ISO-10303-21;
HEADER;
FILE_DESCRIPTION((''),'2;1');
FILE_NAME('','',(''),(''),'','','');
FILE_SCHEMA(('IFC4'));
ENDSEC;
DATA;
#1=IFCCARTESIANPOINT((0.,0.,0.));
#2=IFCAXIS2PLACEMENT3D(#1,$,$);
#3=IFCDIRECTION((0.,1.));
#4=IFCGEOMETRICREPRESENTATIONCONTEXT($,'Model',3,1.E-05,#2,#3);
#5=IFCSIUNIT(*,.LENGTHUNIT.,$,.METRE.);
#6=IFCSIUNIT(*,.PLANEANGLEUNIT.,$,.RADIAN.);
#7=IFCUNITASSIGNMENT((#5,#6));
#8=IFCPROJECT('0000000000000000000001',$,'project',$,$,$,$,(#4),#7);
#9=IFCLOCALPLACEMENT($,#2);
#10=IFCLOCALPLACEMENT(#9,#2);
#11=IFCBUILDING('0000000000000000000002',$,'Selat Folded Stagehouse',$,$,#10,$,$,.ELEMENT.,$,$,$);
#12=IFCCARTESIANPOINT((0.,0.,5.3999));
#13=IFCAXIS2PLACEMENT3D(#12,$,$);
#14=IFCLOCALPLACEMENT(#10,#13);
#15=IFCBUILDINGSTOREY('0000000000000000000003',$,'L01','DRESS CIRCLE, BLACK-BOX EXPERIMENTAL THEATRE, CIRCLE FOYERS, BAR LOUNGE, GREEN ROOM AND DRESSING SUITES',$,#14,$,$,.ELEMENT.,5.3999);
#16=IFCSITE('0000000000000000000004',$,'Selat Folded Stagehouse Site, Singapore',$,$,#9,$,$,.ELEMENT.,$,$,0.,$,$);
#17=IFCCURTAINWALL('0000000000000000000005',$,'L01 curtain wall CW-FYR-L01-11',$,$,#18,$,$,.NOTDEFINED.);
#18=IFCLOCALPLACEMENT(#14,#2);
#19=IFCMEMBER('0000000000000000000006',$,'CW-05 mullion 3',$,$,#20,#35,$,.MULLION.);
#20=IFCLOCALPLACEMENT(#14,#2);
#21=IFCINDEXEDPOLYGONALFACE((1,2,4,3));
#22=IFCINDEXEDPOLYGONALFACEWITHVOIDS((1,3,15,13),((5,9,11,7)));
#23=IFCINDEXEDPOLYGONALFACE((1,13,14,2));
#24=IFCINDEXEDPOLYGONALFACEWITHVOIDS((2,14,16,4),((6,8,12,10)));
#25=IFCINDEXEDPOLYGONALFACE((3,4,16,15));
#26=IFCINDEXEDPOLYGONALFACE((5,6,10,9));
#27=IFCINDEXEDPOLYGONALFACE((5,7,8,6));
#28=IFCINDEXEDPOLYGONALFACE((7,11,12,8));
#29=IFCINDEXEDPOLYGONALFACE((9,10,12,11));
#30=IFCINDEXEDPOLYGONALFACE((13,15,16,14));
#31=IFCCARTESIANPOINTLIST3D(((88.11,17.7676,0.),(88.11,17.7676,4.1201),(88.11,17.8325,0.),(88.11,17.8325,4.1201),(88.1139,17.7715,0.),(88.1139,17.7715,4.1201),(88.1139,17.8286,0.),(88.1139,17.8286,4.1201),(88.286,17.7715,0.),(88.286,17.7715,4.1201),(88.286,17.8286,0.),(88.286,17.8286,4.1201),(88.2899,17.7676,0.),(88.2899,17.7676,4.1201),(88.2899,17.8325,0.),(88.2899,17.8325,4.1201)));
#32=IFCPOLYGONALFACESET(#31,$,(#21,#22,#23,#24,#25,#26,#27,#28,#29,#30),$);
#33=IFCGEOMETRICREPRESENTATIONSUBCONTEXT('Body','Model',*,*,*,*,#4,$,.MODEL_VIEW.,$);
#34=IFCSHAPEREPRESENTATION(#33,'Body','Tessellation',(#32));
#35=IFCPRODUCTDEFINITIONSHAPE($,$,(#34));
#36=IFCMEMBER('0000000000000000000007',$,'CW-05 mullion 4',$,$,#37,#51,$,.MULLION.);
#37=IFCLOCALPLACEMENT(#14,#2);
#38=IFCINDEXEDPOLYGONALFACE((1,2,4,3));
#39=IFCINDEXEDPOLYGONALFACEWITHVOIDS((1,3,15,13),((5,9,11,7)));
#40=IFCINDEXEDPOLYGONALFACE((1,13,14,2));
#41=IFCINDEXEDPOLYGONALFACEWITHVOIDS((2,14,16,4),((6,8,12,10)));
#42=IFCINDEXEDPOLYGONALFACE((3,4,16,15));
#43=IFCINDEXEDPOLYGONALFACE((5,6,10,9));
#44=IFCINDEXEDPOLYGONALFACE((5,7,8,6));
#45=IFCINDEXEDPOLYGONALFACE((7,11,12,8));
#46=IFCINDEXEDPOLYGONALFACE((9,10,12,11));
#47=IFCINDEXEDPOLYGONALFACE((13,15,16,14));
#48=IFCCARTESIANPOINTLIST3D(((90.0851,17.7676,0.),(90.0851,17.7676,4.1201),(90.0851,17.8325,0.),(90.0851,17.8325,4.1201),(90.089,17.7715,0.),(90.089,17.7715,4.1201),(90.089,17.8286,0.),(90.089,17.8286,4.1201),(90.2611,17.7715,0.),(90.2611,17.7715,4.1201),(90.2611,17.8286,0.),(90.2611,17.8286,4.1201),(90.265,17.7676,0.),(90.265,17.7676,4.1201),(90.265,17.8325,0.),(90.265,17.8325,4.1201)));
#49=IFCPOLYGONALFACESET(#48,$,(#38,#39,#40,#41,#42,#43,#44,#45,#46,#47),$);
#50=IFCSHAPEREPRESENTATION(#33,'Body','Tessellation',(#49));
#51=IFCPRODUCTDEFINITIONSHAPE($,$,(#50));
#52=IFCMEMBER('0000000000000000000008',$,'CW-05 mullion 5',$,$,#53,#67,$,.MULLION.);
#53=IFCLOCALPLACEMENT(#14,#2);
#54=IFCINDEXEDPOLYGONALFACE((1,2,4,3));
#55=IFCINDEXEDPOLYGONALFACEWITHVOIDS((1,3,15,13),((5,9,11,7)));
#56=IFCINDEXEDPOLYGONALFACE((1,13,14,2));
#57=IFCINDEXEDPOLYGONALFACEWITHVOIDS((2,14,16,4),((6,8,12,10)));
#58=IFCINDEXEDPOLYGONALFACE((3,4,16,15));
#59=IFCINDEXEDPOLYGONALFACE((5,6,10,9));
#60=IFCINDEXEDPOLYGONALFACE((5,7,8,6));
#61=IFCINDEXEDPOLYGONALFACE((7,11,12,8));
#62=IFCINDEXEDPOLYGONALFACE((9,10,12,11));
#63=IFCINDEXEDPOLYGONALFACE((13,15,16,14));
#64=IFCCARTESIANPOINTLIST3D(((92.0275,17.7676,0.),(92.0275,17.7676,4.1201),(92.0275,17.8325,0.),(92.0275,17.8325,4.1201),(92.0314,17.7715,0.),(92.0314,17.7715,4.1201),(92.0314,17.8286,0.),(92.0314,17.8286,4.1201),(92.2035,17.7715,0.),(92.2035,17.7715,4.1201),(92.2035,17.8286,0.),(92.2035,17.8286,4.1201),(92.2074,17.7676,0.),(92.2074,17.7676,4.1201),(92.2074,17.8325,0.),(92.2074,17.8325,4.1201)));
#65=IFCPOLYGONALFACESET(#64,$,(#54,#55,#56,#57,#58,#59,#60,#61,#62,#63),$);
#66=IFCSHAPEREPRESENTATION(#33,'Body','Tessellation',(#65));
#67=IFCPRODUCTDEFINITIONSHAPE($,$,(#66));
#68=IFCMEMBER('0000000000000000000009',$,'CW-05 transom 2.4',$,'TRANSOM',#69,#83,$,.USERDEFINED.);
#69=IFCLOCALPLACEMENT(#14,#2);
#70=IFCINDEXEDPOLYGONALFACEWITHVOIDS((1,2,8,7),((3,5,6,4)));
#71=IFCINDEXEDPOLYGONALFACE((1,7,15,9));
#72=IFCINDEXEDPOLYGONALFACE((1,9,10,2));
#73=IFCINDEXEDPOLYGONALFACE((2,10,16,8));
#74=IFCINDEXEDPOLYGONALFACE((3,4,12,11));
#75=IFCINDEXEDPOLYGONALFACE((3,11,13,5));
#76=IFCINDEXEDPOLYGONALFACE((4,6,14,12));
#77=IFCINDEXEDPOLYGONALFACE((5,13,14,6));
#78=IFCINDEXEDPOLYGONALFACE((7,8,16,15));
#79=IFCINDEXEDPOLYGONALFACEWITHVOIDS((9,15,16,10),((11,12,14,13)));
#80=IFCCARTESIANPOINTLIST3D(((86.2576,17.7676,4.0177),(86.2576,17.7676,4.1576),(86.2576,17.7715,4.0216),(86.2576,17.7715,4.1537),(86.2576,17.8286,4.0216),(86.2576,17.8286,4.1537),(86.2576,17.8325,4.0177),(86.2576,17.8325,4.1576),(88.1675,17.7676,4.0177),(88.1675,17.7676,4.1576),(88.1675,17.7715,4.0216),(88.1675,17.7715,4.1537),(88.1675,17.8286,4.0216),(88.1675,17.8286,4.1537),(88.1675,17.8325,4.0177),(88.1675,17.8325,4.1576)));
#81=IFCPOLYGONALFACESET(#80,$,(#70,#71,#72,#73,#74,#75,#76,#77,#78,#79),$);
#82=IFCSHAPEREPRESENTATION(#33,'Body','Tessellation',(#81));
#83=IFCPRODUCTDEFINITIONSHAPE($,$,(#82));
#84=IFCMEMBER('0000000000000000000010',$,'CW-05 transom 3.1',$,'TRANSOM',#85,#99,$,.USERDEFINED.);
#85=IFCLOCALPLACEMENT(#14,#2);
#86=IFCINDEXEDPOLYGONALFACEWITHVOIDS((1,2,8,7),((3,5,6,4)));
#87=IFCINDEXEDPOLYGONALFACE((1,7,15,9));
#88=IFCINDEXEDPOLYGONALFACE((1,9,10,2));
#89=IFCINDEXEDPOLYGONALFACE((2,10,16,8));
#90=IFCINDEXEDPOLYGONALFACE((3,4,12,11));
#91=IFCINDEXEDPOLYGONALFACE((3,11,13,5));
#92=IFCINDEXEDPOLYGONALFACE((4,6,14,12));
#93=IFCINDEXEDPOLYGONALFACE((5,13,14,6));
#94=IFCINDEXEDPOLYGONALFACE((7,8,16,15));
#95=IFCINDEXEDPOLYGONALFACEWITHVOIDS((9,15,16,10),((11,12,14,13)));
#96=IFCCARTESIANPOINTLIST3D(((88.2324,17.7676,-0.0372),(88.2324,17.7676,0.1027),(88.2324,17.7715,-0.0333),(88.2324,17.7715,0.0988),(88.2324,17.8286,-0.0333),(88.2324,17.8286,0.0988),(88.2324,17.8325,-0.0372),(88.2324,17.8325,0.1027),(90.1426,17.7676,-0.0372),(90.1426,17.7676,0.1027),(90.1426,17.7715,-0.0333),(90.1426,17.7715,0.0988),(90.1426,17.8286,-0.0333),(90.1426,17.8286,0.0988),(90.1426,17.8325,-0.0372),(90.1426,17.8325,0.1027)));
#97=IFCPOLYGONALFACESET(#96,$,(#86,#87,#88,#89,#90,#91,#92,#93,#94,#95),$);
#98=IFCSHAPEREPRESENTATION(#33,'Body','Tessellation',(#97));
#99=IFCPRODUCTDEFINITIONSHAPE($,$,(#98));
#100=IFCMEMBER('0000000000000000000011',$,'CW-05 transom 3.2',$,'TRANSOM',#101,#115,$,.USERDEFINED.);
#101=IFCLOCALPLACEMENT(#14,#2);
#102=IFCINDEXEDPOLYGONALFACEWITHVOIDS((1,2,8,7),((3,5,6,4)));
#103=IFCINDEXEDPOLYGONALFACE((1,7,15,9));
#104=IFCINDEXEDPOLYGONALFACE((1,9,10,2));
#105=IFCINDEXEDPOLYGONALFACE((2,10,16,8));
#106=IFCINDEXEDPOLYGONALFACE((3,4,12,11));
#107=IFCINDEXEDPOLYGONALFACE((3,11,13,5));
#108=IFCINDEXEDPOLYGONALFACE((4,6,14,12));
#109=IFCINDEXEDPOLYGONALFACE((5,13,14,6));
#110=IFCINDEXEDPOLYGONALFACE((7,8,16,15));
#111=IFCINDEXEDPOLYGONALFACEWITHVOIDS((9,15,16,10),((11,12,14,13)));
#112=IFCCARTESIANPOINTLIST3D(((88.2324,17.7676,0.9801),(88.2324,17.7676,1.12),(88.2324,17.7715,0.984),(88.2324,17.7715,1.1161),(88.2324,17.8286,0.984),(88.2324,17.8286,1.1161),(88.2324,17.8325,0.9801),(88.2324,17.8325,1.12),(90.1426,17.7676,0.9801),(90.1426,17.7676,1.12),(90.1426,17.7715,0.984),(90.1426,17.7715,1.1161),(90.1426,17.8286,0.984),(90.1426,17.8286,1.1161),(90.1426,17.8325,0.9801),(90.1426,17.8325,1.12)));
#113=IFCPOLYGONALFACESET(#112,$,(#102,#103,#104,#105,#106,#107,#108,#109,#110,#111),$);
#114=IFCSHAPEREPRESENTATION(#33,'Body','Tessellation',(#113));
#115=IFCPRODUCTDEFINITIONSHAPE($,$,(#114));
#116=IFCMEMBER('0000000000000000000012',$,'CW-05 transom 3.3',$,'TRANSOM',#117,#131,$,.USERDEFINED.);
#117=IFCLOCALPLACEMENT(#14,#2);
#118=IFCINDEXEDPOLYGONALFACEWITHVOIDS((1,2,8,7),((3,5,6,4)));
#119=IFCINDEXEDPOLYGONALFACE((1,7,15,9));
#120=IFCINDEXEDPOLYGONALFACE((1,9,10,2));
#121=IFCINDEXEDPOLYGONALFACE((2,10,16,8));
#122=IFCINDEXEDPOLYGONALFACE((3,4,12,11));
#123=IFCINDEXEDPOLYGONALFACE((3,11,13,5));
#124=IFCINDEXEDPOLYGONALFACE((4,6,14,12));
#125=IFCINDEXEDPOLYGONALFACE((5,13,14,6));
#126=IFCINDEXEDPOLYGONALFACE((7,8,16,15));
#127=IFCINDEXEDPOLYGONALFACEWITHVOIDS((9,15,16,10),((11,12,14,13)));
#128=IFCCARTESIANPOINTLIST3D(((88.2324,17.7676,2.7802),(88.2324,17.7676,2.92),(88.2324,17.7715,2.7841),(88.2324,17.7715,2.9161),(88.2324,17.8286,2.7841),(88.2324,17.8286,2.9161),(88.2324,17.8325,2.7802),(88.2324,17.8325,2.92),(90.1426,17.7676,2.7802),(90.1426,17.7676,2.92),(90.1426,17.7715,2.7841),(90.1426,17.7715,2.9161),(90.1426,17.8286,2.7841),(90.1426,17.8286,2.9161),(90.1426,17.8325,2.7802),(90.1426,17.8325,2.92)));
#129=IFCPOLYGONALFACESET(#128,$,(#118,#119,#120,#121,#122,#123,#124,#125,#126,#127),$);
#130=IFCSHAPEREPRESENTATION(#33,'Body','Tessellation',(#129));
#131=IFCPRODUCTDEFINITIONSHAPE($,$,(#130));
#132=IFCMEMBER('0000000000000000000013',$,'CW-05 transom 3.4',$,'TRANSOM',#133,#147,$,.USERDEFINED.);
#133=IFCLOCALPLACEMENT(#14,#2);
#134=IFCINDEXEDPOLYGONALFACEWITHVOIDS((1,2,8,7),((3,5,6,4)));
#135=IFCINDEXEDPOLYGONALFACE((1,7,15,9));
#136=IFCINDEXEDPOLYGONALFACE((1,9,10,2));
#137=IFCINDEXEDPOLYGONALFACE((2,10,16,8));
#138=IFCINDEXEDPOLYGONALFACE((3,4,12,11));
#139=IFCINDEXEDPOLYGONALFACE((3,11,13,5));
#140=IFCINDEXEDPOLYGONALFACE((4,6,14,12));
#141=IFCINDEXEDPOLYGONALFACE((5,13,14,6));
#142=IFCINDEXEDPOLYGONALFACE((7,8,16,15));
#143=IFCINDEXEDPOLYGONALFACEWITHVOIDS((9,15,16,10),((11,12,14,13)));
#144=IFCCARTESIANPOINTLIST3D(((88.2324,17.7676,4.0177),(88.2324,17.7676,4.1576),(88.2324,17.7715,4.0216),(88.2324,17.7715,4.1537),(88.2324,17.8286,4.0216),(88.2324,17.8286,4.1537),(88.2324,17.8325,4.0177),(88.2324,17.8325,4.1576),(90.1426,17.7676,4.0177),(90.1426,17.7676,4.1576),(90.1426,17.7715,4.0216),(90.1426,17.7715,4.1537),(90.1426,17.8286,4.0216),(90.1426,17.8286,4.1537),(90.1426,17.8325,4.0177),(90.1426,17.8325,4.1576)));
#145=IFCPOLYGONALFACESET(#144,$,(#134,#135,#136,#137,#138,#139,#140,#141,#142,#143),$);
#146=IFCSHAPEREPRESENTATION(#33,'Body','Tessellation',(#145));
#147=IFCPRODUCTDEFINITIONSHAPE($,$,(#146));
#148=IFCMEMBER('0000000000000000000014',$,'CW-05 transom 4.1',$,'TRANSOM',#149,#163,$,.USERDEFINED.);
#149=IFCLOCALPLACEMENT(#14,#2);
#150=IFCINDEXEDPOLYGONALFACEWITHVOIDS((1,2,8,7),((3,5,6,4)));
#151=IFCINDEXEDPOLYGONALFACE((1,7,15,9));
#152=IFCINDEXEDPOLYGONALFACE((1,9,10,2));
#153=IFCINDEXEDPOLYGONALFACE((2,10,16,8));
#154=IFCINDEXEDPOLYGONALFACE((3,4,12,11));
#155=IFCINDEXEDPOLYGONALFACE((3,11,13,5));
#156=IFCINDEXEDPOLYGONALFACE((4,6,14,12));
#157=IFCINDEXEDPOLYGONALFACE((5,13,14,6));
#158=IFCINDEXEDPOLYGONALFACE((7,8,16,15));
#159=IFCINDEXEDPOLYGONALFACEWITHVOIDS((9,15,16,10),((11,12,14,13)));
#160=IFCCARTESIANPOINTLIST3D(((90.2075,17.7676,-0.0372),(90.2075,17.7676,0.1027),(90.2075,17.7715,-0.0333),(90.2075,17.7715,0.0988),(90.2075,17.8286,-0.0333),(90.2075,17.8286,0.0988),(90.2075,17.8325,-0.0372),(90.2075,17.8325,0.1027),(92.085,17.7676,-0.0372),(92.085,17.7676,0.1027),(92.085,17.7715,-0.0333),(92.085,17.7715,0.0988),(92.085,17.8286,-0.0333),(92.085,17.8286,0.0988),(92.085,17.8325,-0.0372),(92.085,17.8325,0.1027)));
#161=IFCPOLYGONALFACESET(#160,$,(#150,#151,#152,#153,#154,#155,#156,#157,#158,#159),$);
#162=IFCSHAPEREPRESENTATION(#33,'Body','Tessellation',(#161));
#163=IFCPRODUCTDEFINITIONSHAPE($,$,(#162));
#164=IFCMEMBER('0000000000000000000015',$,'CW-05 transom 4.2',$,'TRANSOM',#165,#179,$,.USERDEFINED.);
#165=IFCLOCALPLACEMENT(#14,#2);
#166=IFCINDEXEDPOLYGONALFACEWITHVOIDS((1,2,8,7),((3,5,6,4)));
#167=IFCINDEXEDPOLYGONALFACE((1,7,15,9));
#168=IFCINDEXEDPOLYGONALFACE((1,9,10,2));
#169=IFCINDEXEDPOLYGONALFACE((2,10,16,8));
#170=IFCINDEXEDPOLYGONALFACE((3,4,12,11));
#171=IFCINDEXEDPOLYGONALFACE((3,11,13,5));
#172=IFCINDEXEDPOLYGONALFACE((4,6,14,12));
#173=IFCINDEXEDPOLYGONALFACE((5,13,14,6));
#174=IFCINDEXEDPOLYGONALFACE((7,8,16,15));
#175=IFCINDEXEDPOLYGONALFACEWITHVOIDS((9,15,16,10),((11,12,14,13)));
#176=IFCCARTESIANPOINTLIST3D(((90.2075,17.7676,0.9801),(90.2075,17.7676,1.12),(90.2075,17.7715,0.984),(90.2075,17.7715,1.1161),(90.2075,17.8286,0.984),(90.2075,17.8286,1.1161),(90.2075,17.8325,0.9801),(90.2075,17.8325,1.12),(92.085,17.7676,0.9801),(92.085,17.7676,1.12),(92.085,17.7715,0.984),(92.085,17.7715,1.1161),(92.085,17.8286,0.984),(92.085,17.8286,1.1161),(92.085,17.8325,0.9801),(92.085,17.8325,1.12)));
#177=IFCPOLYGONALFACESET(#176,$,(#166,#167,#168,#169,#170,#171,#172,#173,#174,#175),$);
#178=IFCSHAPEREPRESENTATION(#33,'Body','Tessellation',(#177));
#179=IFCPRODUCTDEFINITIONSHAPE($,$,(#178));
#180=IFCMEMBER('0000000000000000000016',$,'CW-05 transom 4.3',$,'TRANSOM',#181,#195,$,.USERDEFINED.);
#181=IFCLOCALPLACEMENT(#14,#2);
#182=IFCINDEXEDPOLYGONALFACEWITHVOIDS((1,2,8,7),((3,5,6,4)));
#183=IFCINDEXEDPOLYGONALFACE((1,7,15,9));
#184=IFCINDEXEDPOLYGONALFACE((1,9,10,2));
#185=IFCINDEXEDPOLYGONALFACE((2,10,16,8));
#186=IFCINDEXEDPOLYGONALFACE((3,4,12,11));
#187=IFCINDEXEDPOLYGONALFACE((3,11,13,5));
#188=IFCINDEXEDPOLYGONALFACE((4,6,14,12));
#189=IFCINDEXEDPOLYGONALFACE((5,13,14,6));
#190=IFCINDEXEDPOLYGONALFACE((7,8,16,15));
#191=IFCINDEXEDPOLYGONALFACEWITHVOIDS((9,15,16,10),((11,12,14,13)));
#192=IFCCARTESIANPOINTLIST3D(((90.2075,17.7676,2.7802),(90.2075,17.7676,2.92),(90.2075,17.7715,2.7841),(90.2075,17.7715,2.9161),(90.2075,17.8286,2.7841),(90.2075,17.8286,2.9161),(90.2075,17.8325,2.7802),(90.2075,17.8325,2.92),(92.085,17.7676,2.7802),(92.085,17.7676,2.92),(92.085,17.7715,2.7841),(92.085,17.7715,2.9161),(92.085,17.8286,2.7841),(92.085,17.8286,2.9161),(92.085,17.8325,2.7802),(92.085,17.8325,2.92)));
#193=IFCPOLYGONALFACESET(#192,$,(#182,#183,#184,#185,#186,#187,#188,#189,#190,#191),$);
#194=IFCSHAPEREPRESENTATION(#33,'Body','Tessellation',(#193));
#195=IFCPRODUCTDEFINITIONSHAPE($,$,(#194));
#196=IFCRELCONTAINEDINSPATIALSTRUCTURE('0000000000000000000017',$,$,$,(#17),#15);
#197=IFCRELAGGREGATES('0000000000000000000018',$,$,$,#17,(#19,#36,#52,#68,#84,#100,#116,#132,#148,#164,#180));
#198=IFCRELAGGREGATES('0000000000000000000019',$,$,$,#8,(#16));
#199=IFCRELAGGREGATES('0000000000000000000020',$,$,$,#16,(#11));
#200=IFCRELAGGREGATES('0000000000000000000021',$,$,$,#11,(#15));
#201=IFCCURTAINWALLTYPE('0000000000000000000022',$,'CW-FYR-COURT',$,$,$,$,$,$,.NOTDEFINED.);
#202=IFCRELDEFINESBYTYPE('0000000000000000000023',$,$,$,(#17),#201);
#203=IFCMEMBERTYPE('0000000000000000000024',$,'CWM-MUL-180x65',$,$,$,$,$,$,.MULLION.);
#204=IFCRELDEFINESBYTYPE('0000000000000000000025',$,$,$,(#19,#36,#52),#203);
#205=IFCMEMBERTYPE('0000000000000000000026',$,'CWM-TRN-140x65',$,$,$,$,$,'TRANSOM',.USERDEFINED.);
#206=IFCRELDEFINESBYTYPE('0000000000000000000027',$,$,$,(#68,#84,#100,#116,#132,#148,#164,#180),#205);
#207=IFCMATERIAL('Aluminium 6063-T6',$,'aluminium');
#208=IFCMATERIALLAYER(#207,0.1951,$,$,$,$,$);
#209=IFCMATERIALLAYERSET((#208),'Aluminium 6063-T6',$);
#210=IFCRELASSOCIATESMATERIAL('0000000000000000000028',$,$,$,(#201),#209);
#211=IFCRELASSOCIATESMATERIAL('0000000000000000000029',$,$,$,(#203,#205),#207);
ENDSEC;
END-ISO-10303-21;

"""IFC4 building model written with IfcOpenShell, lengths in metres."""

from ifc_helpers import new_model, si_unit, direction, frame, origin, origin_2d, place, context, subcontext, project, spatial, hollow_rectangle, extrude, material, layer, layer_set, material_profile, profile_set, type_object, element, aggregate, save


model = new_model("IFC4")

# Units and contexts
model_context = context("Model", 3, precision=1e-05, world=origin(), true_north=direction((0.0, 1.0)))
body_context = subcontext(model_context, "Body", "Model", "MODEL_VIEW")
ifc_project = project(units=[si_unit("LENGTHUNIT", "METRE"), si_unit("PLANEANGLEUNIT", "RADIAN")], contexts=[model_context])

# Site, building, storey
site_placement = place(None, origin())
site = spatial("IfcSite", under=ifc_project, at=site_placement, Name="Selat Folded Stagehouse Site, Singapore", CompositionType="ELEMENT", RefElevation=0.0)
building_placement = place(site_placement, origin())
building = spatial("IfcBuilding", under=site, at=building_placement, Name="Selat Folded Stagehouse", CompositionType="ELEMENT")
storey_placement = place(building_placement, frame((0.0, 0.0, 5.3999)))
storey = spatial("IfcBuildingStorey", under=building, at=storey_placement, Name="L01", Description="DRESS CIRCLE, BLACK-BOX EXPERIMENTAL THEATRE, CIRCLE FOYERS, BAR LOUNGE, GREEN ROOM AND DRESSING SUITES", CompositionType="ELEMENT", Elevation=5.3999)

# Curtain wall, members
ifc_material_1 = material(Name="Aluminium 6063-T6", Category="aluminium")
ifc_layer_1 = layer(ifc_material_1, 0.1951)
ifc_layer_set_1 = layer_set([ifc_layer_1], Name="Aluminium 6063-T6")
curtain_wall_type = type_object("IfcCurtainWallType", Name="CW-FYR-COURT", PredefinedType="NOTDEFINED", material=ifc_layer_set_1)
curtain_wall_placement = place(storey_placement, origin())
curtain_wall = element("IfcCurtainWall", 1, at=curtain_wall_placement, inside=storey, type_object=curtain_wall_type, Name="L01 curtain wall CW-FYR-L01-11", PredefinedType="NOTDEFINED")
ifc_material_profile_1 = material_profile(ifc_material_1, hollow_rectangle(XDim=0.0649, YDim=0.1799, WallThickness=0.0039, at=origin_2d()), Name="ALU 180x65x4.0")
ifc_profile_set_1 = profile_set([ifc_material_profile_1], Name="Aluminium 6063-T6")
member_type_1 = type_object("IfcMemberType", Name="CWM-MUL-180x65", PredefinedType="MULLION", material=ifc_profile_set_1)
member_1_placement = place(storey_placement, frame((88.2, 17.8, 0.0), z_axis=(0.0, 0.0, 1.0), x_axis=(0.0, 1.0, 0.0)))
member_1 = element("IfcMember", 2, at=member_1_placement, type_object=member_type_1, Name="CW-05 mullion 3", PredefinedType="MULLION", context=body_context, shape_type="SweptSolid", body=[
    extrude(hollow_rectangle(XDim=0.0649, YDim=0.1799, WallThickness=0.0039, at=origin_2d()), origin(), (0.0, 0.0, 1.0), 4.1201),
])
member_2_placement = place(storey_placement, frame((90.175, 17.8, 0.0), z_axis=(0.0, 0.0, 1.0), x_axis=(0.0, 1.0, 0.0)))
member_2 = element("IfcMember", 3, at=member_2_placement, type_object=member_type_1, Name="CW-05 mullion 4", PredefinedType="MULLION", context=body_context, shape_type="SweptSolid", body=[
    extrude(hollow_rectangle(XDim=0.0649, YDim=0.1799, WallThickness=0.0039, at=origin_2d()), origin(), (0.0, 0.0, 1.0), 4.1201),
])
member_3_placement = place(storey_placement, frame((92.1174, 17.8, 0.0), z_axis=(0.0, 0.0, 1.0), x_axis=(0.0, 1.0, 0.0)))
member_3 = element("IfcMember", 4, at=member_3_placement, type_object=member_type_1, Name="CW-05 mullion 5", PredefinedType="MULLION", context=body_context, shape_type="SweptSolid", body=[
    extrude(hollow_rectangle(XDim=0.0649, YDim=0.1799, WallThickness=0.0039, at=origin_2d()), origin(), (0.0, 0.0, 1.0), 4.1201),
])
ifc_material_profile_2 = material_profile(ifc_material_1, hollow_rectangle(XDim=0.0649, YDim=0.1399, WallThickness=0.0039, at=origin_2d()), Name="ALU 140x65x4.0")
ifc_profile_set_2 = profile_set([ifc_material_profile_2], Name="Aluminium 6063-T6")
member_type_2 = type_object("IfcMemberType", Name="CWM-TRN-140x65", ElementType="TRANSOM", PredefinedType="USERDEFINED", material=ifc_profile_set_2)
member_4_placement = place(storey_placement, frame((86.2576, 17.8, 4.0876), z_axis=(1.0, 0.0, 0.0), x_axis=(0.0, 1.0, 0.0)))
member_4 = element("IfcMember", 5, at=member_4_placement, type_object=member_type_2, Name="CW-05 transom 2.4", ObjectType="TRANSOM", PredefinedType="USERDEFINED", context=body_context, shape_type="SweptSolid", body=[
    extrude(hollow_rectangle(XDim=0.0649, YDim=0.1399, WallThickness=0.0039, at=origin_2d()), origin(), (0.0, 0.0, 1.0), 1.9099),
])
member_5_placement = place(storey_placement, frame((88.2324, 17.8, 0.0327), z_axis=(1.0, 0.0, 0.0), x_axis=(0.0, 1.0, 0.0)))
member_5 = element("IfcMember", 6, at=member_5_placement, type_object=member_type_2, Name="CW-05 transom 3.1", ObjectType="TRANSOM", PredefinedType="USERDEFINED", context=body_context, shape_type="SweptSolid", body=[
    extrude(hollow_rectangle(XDim=0.0649, YDim=0.1399, WallThickness=0.0039, at=origin_2d()), origin(), (0.0, 0.0, 1.0), 1.9102),
])
member_6_placement = place(storey_placement, frame((88.2324, 17.8, 1.05), z_axis=(1.0, 0.0, 0.0), x_axis=(0.0, 1.0, 0.0)))
member_6 = element("IfcMember", 7, at=member_6_placement, type_object=member_type_2, Name="CW-05 transom 3.2", ObjectType="TRANSOM", PredefinedType="USERDEFINED", context=body_context, shape_type="SweptSolid", body=[
    extrude(hollow_rectangle(XDim=0.0649, YDim=0.1399, WallThickness=0.0039, at=origin_2d()), origin(), (0.0, 0.0, 1.0), 1.9102),
])
member_7_placement = place(storey_placement, frame((88.2324, 17.8, 2.8501), z_axis=(1.0, 0.0, 0.0), x_axis=(0.0, 1.0, 0.0)))
member_7 = element("IfcMember", 8, at=member_7_placement, type_object=member_type_2, Name="CW-05 transom 3.3", ObjectType="TRANSOM", PredefinedType="USERDEFINED", context=body_context, shape_type="SweptSolid", body=[
    extrude(hollow_rectangle(XDim=0.0649, YDim=0.1399, WallThickness=0.0039, at=origin_2d()), origin(), (0.0, 0.0, 1.0), 1.9102),
])
member_8_placement = place(storey_placement, frame((88.2324, 17.8, 4.0876), z_axis=(1.0, 0.0, 0.0), x_axis=(0.0, 1.0, 0.0)))
member_8 = element("IfcMember", 9, at=member_8_placement, type_object=member_type_2, Name="CW-05 transom 3.4", ObjectType="TRANSOM", PredefinedType="USERDEFINED", context=body_context, shape_type="SweptSolid", body=[
    extrude(hollow_rectangle(XDim=0.0649, YDim=0.1399, WallThickness=0.0039, at=origin_2d()), origin(), (0.0, 0.0, 1.0), 1.9102),
])
member_9_placement = place(storey_placement, frame((90.2075, 17.8, 0.0327), z_axis=(1.0, 0.0, 0.0), x_axis=(0.0, 1.0, 0.0)))
member_9 = element("IfcMember", 10, at=member_9_placement, type_object=member_type_2, Name="CW-05 transom 4.1", ObjectType="TRANSOM", PredefinedType="USERDEFINED", context=body_context, shape_type="SweptSolid", body=[
    extrude(hollow_rectangle(XDim=0.0649, YDim=0.1399, WallThickness=0.0039, at=origin_2d()), origin(), (0.0, 0.0, 1.0), 1.8774),
])
member_10_placement = place(storey_placement, frame((90.2075, 17.8, 1.05), z_axis=(1.0, 0.0, 0.0), x_axis=(0.0, 1.0, 0.0)))
member_10 = element("IfcMember", 11, at=member_10_placement, type_object=member_type_2, Name="CW-05 transom 4.2", ObjectType="TRANSOM", PredefinedType="USERDEFINED", context=body_context, shape_type="SweptSolid", body=[
    extrude(hollow_rectangle(XDim=0.0649, YDim=0.1399, WallThickness=0.0039, at=origin_2d()), origin(), (0.0, 0.0, 1.0), 1.8774),
])
member_11_placement = place(storey_placement, frame((90.2075, 17.8, 2.8501), z_axis=(1.0, 0.0, 0.0), x_axis=(0.0, 1.0, 0.0)))
member_11 = element("IfcMember", 12, at=member_11_placement, type_object=member_type_2, Name="CW-05 transom 4.3", ObjectType="TRANSOM", PredefinedType="USERDEFINED", context=body_context, shape_type="SweptSolid", body=[
    extrude(hollow_rectangle(XDim=0.0649, YDim=0.1399, WallThickness=0.0039, at=origin_2d()), origin(), (0.0, 0.0, 1.0), 1.8774),
])
aggregate(curtain_wall, [member_1, member_2, member_3, member_4, member_5, member_6, member_7, member_8, member_9, member_10, member_11])

save(model, "model.ifc")
